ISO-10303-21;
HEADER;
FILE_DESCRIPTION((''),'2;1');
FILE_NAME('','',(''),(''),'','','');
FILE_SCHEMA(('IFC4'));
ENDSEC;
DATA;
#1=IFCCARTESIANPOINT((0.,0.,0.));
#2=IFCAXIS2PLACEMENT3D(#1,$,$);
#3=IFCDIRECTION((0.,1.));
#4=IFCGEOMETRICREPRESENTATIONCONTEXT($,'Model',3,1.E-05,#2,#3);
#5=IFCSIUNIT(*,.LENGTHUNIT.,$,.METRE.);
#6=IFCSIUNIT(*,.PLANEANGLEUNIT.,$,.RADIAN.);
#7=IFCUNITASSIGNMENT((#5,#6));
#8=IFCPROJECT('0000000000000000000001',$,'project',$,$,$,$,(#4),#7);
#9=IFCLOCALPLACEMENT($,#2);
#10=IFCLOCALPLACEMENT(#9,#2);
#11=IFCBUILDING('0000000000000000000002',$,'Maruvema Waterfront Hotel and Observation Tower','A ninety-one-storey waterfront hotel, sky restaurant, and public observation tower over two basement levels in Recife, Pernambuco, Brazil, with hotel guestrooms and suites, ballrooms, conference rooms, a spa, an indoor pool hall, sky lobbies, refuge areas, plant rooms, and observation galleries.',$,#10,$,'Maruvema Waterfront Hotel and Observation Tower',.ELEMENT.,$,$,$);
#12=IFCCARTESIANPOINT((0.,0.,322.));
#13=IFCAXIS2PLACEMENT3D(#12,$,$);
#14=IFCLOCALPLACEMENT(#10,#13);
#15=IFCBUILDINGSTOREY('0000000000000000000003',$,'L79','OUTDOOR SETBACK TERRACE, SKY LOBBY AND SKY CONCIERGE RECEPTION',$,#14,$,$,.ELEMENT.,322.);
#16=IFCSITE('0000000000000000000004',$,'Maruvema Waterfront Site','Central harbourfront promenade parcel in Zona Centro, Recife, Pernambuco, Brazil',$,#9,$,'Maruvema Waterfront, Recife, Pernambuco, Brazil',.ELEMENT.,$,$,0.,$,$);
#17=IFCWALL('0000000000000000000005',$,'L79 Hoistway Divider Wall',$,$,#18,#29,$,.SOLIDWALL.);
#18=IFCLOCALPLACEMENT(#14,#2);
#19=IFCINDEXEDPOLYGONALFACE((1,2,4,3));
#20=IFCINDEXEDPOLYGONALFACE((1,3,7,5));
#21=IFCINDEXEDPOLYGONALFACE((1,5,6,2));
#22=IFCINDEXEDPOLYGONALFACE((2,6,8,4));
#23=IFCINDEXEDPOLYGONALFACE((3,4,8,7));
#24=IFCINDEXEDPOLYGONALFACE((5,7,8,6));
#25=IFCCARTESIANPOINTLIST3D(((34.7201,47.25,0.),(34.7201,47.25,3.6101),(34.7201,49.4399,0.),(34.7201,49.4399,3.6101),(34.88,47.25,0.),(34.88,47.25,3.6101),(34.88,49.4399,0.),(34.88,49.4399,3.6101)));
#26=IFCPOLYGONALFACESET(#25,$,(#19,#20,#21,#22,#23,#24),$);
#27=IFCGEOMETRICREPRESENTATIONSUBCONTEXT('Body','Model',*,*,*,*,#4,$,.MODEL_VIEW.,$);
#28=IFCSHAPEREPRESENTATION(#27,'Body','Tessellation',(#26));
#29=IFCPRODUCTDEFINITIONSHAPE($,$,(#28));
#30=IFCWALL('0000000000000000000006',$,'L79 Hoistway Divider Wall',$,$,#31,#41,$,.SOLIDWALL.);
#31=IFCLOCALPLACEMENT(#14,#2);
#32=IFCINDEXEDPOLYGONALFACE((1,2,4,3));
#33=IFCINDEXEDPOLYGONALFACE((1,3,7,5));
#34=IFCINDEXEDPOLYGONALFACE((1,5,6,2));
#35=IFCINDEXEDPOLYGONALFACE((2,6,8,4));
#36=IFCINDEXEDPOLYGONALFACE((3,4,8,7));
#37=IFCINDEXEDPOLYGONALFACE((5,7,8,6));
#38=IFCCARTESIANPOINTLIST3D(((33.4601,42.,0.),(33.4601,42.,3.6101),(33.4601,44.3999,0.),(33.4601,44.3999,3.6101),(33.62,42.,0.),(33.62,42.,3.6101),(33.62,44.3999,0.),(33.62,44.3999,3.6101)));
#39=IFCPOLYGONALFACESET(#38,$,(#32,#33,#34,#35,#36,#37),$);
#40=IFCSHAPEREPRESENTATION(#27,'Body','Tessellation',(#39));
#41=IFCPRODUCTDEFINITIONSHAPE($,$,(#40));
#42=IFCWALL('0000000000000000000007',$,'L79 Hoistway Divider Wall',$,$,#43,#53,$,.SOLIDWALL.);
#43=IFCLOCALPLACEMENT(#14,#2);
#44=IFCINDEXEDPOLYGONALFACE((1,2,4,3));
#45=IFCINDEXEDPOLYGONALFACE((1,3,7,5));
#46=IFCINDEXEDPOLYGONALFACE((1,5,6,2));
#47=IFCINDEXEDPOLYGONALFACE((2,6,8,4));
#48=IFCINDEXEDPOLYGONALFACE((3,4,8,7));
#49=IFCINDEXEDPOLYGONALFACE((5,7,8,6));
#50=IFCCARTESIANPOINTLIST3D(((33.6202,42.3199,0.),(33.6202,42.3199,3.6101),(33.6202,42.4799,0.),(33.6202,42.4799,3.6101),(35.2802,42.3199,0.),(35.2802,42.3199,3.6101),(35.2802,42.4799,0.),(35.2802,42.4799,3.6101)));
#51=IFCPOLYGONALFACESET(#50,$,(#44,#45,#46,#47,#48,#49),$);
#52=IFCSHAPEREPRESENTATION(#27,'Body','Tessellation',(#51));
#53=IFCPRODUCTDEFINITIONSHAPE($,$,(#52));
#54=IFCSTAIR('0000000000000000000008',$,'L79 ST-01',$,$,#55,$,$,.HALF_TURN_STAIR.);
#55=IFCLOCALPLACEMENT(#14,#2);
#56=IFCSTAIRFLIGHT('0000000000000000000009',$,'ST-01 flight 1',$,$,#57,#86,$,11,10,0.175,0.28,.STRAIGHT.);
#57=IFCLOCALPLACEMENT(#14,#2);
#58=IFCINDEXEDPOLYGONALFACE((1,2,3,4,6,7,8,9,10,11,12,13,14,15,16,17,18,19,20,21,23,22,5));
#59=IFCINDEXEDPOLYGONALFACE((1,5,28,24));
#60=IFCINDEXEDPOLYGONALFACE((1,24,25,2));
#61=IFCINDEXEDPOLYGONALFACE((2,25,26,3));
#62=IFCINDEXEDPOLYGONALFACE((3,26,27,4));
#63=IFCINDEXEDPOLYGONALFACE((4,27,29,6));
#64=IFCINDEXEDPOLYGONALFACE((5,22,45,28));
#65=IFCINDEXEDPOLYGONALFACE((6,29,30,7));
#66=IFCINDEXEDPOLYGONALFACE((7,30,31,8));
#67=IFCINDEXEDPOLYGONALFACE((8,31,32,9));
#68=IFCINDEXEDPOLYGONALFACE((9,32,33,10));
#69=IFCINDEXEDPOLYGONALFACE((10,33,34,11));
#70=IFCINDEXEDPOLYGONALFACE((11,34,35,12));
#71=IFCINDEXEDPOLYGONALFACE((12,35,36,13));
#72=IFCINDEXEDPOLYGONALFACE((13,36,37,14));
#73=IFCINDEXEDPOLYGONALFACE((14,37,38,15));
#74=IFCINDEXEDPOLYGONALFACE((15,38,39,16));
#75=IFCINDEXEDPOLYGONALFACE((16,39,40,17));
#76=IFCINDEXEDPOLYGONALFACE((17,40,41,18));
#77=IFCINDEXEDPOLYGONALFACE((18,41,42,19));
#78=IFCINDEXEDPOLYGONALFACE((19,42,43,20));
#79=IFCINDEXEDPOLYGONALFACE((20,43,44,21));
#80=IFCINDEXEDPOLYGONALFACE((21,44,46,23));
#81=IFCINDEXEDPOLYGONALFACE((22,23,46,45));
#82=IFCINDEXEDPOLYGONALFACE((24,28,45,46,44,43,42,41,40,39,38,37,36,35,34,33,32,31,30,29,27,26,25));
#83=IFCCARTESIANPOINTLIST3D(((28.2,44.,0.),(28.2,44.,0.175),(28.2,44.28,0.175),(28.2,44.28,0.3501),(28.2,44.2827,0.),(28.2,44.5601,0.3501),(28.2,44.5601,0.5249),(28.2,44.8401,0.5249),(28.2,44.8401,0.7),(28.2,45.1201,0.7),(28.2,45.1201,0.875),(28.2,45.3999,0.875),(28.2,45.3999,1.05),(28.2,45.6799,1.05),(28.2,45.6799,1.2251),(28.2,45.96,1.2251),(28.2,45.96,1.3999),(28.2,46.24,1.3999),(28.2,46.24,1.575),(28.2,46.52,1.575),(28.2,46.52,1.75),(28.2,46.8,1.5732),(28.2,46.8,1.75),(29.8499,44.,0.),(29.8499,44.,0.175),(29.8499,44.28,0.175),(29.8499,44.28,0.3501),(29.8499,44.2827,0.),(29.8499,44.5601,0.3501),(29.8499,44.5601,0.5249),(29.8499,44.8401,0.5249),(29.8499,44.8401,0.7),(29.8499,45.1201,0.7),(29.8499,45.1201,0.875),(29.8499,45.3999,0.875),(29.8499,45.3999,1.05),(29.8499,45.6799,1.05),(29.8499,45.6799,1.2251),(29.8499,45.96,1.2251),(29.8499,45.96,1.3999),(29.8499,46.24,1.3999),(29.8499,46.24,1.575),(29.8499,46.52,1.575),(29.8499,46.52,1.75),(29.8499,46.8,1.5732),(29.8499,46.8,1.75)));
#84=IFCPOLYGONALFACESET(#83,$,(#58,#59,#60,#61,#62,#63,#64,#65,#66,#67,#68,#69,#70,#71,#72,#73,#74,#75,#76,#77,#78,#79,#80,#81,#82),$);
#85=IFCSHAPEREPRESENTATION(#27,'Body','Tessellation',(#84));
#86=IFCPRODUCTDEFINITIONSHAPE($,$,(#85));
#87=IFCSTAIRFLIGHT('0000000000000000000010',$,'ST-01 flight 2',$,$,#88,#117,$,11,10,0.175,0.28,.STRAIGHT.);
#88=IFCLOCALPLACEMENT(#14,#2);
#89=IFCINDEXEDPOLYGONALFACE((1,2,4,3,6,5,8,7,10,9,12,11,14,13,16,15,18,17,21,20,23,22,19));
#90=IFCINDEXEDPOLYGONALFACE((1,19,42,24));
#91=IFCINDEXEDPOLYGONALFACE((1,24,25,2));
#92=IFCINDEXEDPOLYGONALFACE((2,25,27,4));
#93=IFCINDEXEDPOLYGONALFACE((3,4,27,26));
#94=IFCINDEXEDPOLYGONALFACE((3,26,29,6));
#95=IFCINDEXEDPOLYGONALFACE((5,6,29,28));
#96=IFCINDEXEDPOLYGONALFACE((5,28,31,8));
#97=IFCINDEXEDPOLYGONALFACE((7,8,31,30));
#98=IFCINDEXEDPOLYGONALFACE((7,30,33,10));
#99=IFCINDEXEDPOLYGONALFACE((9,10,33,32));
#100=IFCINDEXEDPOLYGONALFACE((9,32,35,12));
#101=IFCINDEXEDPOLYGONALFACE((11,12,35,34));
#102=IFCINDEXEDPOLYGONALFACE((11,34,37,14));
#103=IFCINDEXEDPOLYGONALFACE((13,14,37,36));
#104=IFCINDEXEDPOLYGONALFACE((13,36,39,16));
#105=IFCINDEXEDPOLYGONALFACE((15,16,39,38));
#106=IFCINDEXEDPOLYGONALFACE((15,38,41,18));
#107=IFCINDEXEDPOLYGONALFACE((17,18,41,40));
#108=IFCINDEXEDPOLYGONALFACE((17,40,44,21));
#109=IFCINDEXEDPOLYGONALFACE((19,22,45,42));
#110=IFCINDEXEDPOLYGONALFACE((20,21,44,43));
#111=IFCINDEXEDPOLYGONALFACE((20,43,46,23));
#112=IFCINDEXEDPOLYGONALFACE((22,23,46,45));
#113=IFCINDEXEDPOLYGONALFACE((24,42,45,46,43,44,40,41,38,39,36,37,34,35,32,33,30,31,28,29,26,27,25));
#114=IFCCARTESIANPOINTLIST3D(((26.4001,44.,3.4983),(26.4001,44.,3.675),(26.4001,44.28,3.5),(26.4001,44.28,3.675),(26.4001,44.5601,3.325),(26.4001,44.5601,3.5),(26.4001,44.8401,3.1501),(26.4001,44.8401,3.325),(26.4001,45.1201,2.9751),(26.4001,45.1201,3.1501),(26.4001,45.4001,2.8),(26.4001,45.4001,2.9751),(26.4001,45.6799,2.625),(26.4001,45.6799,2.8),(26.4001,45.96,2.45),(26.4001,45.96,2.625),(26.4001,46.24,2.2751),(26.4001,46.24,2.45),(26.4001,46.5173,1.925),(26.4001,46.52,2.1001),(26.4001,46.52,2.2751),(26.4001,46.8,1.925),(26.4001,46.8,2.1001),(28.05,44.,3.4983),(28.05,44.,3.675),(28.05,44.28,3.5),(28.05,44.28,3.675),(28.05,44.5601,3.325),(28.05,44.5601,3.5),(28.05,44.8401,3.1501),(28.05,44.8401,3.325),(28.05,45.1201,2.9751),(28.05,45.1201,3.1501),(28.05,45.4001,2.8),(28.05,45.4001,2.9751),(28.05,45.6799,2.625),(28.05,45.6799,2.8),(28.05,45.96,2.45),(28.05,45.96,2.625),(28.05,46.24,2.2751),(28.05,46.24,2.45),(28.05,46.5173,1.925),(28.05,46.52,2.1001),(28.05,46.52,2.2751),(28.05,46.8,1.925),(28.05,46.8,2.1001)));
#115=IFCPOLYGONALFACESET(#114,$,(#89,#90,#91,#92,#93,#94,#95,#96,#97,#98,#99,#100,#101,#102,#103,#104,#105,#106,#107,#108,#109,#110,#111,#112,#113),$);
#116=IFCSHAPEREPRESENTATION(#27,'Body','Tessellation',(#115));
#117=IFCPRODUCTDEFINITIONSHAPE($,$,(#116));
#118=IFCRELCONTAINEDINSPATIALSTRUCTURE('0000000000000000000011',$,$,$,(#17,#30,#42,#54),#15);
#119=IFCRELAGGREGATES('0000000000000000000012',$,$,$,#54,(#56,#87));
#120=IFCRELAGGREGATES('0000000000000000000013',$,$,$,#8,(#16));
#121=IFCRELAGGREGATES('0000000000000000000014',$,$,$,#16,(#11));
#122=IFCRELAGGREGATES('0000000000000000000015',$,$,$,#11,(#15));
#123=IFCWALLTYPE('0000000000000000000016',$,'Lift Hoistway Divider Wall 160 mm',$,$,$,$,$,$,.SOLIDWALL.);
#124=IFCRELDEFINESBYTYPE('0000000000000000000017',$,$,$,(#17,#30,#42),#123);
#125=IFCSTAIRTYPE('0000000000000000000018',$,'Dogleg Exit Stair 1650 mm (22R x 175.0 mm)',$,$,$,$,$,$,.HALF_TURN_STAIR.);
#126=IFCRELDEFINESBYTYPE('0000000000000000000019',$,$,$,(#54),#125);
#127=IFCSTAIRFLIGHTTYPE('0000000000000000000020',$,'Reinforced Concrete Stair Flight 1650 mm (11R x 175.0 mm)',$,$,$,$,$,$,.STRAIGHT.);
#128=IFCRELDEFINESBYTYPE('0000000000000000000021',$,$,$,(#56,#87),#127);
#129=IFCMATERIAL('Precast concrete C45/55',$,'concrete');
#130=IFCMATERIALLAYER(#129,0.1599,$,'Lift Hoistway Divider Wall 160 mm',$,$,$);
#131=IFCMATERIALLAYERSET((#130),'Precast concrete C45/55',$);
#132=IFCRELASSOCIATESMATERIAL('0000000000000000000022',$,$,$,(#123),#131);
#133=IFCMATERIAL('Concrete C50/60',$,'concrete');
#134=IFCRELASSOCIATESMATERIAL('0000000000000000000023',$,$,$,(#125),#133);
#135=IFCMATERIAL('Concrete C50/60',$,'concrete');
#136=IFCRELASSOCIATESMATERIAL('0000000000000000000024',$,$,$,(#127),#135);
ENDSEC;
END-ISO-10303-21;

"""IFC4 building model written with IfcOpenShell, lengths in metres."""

from ifc_helpers import new_model, si_unit, direction, frame, frame_2d, origin, place, context, subcontext, project, spatial, polyline, rectangle, outline, extrude, material, layer, layer_set, type_object, element, aggregate, save


model = new_model("IFC4")

# Units and contexts
model_context = context("Model", 3, precision=1e-05, world=origin(), true_north=direction((0.0, 1.0)))
body_context = subcontext(model_context, "Body", "Model", "MODEL_VIEW")
ifc_project = project(units=[si_unit("LENGTHUNIT", "METRE"), si_unit("PLANEANGLEUNIT", "RADIAN")], contexts=[model_context])

# Site, building, storey
site_placement = place(None, origin())
site = spatial("IfcSite", under=ifc_project, at=site_placement, Name="Maruvema Waterfront Site", Description="Central harbourfront promenade parcel in Zona Centro, Recife, Pernambuco, Brazil", LongName="Maruvema Waterfront, Recife, Pernambuco, Brazil", CompositionType="ELEMENT", RefElevation=0.0)
building_placement = place(site_placement, origin())
building = spatial("IfcBuilding", under=site, at=building_placement, Name="Maruvema Waterfront Hotel and Observation Tower", Description="A ninety-one-storey waterfront hotel, sky restaurant, and public observation tower over two basement levels in Recife, Pernambuco, Brazil, with hotel guestrooms and suites, ballrooms, conference rooms, a spa, an indoor pool hall, sky lobbies, refuge areas, plant rooms, and observation galleries.", LongName="Maruvema Waterfront Hotel and Observation Tower", CompositionType="ELEMENT")
storey_placement = place(building_placement, frame((0.0, 0.0, 322.0)))
storey = spatial("IfcBuildingStorey", under=building, at=storey_placement, Name="L79", Description="OUTDOOR SETBACK TERRACE, SKY LOBBY AND SKY CONCIERGE RECEPTION", CompositionType="ELEMENT", Elevation=322.0)

# Walls
ifc_material_1 = material(Name="Precast concrete C45/55", Category="concrete")
ifc_layer_1 = layer(ifc_material_1, 0.1599, Name="Lift Hoistway Divider Wall 160 mm")
ifc_layer_set_1 = layer_set([ifc_layer_1], Name="Precast concrete C45/55")
wall_type_1 = type_object("IfcWallType", Name="Lift Hoistway Divider Wall 160 mm", PredefinedType="SOLIDWALL", material=ifc_layer_set_1)
wall_1_placement = place(storey_placement, frame((34.8, 47.25, 0.0), z_axis=(0.0, 0.0, 1.0), x_axis=(0.0, 1.0, 0.0)))
element("IfcWall", 1, at=wall_1_placement, inside=storey, type_object=wall_type_1, Name="L79 Hoistway Divider Wall", PredefinedType="SOLIDWALL", context=body_context, shape_type="SweptSolid", body=[
    extrude(rectangle(XDim=2.1899, YDim=0.1599, at=frame_2d((1.095, 0.0))), origin(), (0.0, 0.0, 1.0), 3.6101),
])
wall_2_placement = place(storey_placement, frame((33.54, 42.0, 0.0), z_axis=(0.0, 0.0, 1.0), x_axis=(0.0, 1.0, 0.0)))
element("IfcWall", 2, at=wall_2_placement, inside=storey, type_object=wall_type_1, Name="L79 Hoistway Divider Wall", PredefinedType="SOLIDWALL", context=body_context, shape_type="SweptSolid", body=[
    extrude(rectangle(XDim=2.3999, YDim=0.1599, at=frame_2d((1.2, 0.0))), origin(), (0.0, 0.0, 1.0), 3.6101),
])
wall_3_placement = place(storey_placement, frame((33.6201, 42.3999, 0.0), z_axis=(0.0, 0.0, 1.0), x_axis=(1.0, 0.0, 0.0)))
element("IfcWall", 3, at=wall_3_placement, inside=storey, type_object=wall_type_1, Name="L79 Hoistway Divider Wall", PredefinedType="SOLIDWALL", context=body_context, shape_type="SweptSolid", body=[
    extrude(rectangle(XDim=1.6599, YDim=0.1599, at=frame_2d((0.8301, 0.0))), origin(), (0.0, 0.0, 1.0), 3.6101),
])

# Stair, stair flights
ifc_material_2 = material(Name="Concrete C50/60", Category="concrete")
stair_type = type_object("IfcStairType", Name="Dogleg Exit Stair 1650 mm (22R x 175.0 mm)", PredefinedType="HALF_TURN_STAIR", material=ifc_material_2)
stair_placement = place(storey_placement, origin())
stair = element("IfcStair", 4, at=stair_placement, inside=storey, type_object=stair_type, Name="L79 ST-01", PredefinedType="HALF_TURN_STAIR")
ifc_material_3 = material(Name="Concrete C50/60", Category="concrete")
stair_flight_type = type_object("IfcStairFlightType", Name="Reinforced Concrete Stair Flight 1650 mm (11R x 175.0 mm)", PredefinedType="STRAIGHT", material=ifc_material_3)
stair_flight_1_placement = place(storey_placement, frame((29.0249, 44.0, 0.0), z_axis=(0.0, 0.0, 1.0), x_axis=(0.0, 1.0, 0.0)))
stair_flight_1 = element("IfcStairFlight", 5, at=stair_flight_1_placement, type_object=stair_flight_type, Name="ST-01 flight 1", NumberOfRisers=11, NumberOfTreads=10, PredefinedType="STRAIGHT", RiserHeight=0.175, TreadLength=0.28, context=body_context, shape_type="SweptSolid", body=[
    extrude(outline(polyline([(0.0, 0.0), (0.0, 0.175), (0.28, 0.175), (0.28, 0.3501), (0.5601, 0.3501), (0.5601, 0.5249), (0.8401, 0.5249), (0.8401, 0.7), (1.1201, 0.7), (1.1201, 0.875), (1.3999, 0.875), (1.3999, 1.05), (1.6799, 1.05), (1.6799, 1.2251), (1.96, 1.2251), (1.96, 1.3999), (2.24, 1.3999), (2.24, 1.575), (2.52, 1.575), (2.52, 1.75), (2.8, 1.75), (2.8, 1.925), (2.8, 1.5732), (0.2827, 0.0), (0.0, 0.0)])), frame((0.0, 0.825, 0.0), z_axis=(0.0, -1.0, 0.0), x_axis=(1.0, 0.0, 0.0)), (0.0, 0.0, 1.0), 1.6499),
])
stair_flight_2_placement = place(storey_placement, frame((27.2251, 46.8, 1.925), z_axis=(0.0, 0.0, 1.0), x_axis=(0.0, -1.0, 0.0)))
stair_flight_2 = element("IfcStairFlight", 6, at=stair_flight_2_placement, type_object=stair_flight_type, Name="ST-01 flight 2", NumberOfRisers=11, NumberOfTreads=10, PredefinedType="STRAIGHT", RiserHeight=0.175, TreadLength=0.28, context=body_context, shape_type="SweptSolid", body=[
    extrude(outline(polyline([(0.0, 0.0), (0.0, 0.175), (0.28, 0.175), (0.28, 0.3501), (0.5601, 0.3501), (0.5601, 0.5249), (0.8401, 0.5249), (0.8401, 0.7), (1.1201, 0.7), (1.1201, 0.875), (1.3999, 0.875), (1.3999, 1.05), (1.6799, 1.05), (1.6799, 1.2251), (1.96, 1.2251), (1.96, 1.3999), (2.24, 1.3999), (2.24, 1.575), (2.52, 1.575), (2.52, 1.75), (2.8, 1.75), (2.8, 1.925), (2.8, 1.5732), (0.2827, 0.0), (0.0, 0.0)])), frame((0.0, 0.825, 0.0), z_axis=(0.0, -1.0, 0.0), x_axis=(1.0, 0.0, 0.0)), (0.0, 0.0, 1.0), 1.6499),
])
aggregate(stair, [stair_flight_1, stair_flight_2])

save(model, "model.ifc")
